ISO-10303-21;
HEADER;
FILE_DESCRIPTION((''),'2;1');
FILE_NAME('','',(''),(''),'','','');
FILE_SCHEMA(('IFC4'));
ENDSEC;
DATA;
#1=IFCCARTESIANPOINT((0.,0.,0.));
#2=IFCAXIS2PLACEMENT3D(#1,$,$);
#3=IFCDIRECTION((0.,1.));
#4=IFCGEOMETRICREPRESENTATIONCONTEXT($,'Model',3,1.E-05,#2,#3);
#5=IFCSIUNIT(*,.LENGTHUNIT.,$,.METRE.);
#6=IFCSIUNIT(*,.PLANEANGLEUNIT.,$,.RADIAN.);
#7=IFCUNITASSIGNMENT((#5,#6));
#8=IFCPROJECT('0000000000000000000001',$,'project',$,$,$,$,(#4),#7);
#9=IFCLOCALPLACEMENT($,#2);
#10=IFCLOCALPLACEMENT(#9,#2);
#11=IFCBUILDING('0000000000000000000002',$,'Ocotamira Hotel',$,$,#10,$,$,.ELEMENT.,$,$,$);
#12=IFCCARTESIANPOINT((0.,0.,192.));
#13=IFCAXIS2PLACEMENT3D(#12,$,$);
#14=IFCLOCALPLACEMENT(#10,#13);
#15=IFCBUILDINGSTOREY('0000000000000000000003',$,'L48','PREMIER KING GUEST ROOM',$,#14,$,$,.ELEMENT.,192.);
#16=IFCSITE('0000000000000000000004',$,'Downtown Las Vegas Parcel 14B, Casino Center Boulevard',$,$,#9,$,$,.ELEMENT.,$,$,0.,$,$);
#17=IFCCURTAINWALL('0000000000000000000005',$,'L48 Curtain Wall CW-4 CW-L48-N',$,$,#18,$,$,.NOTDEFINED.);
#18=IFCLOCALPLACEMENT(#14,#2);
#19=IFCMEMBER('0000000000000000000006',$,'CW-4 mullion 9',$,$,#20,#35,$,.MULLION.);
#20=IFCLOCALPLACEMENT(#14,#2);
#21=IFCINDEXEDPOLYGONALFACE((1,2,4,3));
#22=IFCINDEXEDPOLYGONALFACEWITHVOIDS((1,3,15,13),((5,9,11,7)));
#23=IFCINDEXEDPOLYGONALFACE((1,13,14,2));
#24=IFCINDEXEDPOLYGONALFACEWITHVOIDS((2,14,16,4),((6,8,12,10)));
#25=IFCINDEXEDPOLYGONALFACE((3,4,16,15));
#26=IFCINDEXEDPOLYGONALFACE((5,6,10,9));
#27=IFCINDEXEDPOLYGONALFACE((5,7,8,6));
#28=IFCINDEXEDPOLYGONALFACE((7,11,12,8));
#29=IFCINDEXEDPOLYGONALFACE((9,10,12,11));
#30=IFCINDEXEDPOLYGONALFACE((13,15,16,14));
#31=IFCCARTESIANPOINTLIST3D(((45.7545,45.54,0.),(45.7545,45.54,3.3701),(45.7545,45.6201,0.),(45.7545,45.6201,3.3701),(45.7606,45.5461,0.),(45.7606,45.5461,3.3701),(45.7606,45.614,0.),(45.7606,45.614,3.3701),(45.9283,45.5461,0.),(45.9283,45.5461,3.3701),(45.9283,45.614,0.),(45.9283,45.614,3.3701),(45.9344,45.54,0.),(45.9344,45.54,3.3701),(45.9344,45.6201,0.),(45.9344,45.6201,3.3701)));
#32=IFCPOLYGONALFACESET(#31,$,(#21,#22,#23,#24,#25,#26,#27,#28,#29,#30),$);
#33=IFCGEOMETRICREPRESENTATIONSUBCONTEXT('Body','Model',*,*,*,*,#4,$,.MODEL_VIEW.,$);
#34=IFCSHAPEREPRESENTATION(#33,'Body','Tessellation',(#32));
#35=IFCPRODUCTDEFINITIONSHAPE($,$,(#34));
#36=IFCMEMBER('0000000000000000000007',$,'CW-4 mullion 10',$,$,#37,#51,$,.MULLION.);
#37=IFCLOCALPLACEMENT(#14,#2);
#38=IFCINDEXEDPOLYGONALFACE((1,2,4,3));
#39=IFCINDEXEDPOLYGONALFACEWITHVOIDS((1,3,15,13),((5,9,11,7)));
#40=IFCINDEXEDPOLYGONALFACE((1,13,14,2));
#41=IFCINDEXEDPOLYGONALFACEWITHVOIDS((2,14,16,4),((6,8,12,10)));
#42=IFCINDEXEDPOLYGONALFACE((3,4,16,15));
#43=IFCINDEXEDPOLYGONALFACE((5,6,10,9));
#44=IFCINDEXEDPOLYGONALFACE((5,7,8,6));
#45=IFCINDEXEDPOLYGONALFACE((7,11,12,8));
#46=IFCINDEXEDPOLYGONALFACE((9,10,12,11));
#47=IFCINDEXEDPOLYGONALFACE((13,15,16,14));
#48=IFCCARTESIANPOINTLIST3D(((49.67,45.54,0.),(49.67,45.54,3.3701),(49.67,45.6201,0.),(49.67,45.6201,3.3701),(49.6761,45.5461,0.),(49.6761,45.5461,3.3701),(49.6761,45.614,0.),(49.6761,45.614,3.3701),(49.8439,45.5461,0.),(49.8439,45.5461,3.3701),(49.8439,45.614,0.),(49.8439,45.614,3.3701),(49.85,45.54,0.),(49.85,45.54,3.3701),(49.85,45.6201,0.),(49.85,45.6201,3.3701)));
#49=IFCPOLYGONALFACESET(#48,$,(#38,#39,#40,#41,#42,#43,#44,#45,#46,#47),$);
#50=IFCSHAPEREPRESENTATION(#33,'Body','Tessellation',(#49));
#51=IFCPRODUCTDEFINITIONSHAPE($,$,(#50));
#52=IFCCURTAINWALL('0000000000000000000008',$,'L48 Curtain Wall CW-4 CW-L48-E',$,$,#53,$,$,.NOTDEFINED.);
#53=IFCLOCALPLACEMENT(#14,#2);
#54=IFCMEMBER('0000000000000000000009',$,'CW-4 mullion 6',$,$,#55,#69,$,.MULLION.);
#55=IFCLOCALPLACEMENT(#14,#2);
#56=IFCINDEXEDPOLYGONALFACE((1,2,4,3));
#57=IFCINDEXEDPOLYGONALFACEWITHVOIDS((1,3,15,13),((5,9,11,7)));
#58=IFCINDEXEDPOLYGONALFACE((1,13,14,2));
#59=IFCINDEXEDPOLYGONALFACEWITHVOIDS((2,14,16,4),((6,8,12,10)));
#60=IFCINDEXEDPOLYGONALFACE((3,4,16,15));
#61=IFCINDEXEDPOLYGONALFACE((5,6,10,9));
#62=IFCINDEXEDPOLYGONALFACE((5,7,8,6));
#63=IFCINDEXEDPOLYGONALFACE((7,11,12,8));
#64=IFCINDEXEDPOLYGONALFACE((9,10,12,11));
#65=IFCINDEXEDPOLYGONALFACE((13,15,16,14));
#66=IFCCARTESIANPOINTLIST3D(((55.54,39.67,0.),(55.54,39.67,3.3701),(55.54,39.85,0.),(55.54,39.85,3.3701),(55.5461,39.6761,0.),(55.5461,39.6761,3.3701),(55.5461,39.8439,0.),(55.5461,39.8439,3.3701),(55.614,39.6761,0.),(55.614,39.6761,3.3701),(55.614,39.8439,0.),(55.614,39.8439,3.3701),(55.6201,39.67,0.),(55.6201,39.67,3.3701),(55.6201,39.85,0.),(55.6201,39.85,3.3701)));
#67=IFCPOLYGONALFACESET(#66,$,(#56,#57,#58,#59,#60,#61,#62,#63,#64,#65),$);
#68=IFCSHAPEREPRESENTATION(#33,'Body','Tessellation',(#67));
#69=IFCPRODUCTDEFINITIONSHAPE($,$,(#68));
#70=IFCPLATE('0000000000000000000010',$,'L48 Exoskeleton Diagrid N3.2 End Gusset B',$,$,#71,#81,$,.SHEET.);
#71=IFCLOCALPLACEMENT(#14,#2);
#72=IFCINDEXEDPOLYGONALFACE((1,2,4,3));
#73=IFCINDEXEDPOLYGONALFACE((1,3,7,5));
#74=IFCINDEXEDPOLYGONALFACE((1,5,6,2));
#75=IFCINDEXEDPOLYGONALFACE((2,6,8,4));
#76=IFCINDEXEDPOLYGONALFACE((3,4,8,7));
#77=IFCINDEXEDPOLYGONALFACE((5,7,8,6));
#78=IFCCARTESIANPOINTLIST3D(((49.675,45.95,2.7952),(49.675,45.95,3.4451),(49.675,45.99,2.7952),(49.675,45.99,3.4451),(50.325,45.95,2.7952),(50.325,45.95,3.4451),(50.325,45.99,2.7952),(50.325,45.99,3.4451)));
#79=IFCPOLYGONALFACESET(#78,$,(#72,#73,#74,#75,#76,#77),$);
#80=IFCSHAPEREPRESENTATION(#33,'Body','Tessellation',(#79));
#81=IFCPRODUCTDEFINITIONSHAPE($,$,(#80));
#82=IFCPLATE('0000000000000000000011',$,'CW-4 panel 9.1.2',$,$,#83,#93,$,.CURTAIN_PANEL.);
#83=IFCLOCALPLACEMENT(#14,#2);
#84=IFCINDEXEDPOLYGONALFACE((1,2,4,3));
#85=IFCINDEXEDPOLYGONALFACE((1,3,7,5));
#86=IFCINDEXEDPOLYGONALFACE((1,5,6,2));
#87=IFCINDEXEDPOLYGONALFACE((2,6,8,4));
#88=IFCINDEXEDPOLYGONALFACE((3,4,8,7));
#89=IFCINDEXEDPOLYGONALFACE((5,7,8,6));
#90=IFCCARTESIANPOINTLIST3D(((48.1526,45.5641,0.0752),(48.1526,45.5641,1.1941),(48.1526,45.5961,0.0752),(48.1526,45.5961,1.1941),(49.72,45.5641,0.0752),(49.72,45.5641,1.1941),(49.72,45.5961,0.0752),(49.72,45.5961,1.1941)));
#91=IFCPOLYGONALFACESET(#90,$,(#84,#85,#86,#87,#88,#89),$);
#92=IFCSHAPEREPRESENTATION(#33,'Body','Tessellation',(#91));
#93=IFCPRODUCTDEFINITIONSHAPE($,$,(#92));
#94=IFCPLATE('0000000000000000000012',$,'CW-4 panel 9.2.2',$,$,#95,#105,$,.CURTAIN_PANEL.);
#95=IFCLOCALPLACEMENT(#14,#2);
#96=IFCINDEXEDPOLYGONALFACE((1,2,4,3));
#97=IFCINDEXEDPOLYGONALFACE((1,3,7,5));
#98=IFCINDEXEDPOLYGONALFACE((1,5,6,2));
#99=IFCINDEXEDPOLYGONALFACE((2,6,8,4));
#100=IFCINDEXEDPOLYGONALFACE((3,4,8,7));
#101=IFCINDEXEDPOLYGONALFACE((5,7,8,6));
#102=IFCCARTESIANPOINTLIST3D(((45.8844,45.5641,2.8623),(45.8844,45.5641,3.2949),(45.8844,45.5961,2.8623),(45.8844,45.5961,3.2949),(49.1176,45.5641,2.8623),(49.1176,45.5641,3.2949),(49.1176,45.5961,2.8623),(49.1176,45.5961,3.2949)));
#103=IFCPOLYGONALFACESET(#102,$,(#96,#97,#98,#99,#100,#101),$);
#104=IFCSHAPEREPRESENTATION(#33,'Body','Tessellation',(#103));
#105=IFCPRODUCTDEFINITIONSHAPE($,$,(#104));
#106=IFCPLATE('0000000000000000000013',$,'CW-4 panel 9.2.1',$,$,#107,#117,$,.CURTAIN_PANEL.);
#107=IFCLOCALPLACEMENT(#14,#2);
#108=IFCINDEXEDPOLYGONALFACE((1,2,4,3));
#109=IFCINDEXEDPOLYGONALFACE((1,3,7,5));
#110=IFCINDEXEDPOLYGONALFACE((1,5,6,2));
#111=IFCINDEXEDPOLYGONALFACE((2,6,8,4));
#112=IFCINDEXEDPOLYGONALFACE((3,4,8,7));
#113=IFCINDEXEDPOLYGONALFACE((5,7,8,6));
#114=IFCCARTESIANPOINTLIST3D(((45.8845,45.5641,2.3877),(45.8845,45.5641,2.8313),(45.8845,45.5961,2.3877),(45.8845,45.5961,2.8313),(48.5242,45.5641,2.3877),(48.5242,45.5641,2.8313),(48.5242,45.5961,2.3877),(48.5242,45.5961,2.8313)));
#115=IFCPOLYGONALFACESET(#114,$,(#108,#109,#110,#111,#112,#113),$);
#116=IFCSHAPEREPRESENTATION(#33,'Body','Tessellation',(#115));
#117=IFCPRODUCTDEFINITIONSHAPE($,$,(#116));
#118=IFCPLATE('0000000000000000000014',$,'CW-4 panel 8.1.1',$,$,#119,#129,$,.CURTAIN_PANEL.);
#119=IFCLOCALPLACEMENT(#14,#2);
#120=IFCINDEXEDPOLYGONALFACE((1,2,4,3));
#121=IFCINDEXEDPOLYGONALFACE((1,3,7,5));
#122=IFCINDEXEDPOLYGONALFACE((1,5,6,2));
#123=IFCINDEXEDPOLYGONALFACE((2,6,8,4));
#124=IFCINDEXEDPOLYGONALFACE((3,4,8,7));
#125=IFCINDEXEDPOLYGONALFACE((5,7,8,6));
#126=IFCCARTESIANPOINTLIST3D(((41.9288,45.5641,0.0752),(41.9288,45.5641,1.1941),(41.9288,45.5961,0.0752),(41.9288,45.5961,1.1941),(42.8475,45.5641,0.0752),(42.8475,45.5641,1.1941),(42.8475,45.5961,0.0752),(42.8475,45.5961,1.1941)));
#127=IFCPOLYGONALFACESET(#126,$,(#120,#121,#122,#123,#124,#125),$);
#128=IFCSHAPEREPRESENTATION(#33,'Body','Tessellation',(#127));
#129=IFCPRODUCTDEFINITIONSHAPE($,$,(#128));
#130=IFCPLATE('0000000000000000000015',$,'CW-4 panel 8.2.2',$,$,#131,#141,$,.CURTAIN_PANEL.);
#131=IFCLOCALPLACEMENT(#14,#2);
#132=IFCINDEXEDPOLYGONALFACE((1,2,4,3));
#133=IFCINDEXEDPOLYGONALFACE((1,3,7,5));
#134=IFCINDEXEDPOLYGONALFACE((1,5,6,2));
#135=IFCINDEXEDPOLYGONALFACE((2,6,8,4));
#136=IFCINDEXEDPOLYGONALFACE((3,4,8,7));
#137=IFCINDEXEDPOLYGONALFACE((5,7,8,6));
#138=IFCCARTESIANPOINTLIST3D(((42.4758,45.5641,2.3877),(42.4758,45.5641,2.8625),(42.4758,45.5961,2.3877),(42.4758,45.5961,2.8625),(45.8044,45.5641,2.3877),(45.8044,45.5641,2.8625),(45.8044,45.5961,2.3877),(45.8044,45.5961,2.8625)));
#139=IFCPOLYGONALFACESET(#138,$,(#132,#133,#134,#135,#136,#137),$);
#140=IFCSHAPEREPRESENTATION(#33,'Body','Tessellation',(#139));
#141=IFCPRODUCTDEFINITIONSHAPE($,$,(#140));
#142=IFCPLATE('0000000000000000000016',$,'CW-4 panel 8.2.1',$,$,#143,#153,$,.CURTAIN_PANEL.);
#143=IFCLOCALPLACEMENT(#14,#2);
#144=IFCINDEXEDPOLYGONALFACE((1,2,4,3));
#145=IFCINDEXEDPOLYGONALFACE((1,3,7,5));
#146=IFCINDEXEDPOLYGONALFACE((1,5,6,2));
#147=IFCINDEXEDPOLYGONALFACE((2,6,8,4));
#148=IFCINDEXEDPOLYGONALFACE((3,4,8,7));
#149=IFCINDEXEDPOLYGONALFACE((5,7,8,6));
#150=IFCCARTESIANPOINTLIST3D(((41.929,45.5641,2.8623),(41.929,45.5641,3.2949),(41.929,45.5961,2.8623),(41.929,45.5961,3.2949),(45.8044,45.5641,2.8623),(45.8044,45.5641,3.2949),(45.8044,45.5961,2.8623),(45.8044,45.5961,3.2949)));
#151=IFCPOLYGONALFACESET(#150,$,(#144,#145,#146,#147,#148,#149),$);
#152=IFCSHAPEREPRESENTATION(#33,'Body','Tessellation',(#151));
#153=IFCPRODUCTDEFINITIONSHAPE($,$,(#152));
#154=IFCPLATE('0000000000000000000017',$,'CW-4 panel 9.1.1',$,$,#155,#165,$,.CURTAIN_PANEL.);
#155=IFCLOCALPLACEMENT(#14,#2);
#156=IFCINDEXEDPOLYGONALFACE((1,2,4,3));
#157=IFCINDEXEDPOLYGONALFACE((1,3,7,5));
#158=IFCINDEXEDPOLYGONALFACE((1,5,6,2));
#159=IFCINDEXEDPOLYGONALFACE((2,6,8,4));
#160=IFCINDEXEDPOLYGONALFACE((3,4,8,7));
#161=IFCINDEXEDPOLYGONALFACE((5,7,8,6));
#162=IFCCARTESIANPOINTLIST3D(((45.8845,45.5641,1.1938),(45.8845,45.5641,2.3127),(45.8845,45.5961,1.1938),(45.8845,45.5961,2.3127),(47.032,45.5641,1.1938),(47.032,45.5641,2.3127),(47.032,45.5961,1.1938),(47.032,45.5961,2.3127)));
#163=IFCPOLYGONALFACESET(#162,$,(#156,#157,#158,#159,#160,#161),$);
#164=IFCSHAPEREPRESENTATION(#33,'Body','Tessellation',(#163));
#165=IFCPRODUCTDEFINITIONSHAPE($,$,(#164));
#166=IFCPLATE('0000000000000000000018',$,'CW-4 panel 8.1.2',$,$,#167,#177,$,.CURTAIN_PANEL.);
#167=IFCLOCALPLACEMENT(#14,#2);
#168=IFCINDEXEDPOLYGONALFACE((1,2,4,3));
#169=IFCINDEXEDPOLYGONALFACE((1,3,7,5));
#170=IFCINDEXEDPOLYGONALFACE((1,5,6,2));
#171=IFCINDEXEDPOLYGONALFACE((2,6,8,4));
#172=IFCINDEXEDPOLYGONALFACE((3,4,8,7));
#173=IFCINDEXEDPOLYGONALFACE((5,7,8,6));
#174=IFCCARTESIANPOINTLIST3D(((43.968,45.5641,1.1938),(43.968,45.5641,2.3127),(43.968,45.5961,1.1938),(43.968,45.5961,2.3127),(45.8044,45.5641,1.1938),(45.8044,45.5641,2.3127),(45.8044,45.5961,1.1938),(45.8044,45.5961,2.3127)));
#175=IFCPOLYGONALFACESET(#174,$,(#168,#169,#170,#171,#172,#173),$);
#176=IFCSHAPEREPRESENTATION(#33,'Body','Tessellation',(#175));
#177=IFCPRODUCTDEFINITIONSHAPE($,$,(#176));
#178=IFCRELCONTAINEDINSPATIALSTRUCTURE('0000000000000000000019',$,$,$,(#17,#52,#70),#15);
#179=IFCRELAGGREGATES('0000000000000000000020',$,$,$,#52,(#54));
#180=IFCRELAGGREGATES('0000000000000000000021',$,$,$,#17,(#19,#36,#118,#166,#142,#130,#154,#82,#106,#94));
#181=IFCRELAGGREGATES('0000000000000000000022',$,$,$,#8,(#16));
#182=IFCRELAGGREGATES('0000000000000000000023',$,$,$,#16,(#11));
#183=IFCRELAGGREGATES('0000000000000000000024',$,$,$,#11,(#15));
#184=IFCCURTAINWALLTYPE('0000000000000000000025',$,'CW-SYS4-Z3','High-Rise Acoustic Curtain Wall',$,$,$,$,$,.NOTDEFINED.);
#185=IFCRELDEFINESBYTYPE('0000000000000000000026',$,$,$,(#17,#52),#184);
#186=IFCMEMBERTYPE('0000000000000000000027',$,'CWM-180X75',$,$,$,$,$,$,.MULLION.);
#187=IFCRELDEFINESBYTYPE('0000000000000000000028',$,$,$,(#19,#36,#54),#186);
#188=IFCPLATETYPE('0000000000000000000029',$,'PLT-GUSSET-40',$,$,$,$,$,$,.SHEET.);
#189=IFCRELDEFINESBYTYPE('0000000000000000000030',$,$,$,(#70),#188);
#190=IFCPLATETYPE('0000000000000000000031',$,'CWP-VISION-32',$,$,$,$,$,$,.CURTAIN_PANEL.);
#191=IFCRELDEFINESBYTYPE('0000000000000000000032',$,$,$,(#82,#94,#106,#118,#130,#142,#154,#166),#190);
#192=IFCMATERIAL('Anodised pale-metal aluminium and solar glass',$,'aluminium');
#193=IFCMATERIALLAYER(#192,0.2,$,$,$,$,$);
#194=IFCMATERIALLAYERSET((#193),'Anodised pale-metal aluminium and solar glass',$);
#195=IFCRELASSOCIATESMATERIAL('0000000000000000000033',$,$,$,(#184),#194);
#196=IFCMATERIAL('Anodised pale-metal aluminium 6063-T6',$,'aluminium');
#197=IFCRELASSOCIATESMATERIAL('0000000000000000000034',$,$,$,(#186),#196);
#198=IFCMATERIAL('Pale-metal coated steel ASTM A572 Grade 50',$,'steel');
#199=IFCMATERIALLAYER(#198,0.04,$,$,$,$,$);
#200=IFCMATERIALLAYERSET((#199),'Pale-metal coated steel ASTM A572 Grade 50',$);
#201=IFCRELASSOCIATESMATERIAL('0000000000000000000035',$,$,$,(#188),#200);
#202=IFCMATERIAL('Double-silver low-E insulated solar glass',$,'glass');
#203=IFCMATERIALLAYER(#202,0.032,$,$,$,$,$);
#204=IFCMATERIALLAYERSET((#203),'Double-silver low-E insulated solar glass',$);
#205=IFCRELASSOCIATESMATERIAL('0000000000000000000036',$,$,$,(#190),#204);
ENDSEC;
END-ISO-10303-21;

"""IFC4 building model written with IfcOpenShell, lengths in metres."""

from ifc_helpers import new_model, si_unit, direction, frame, origin, origin_2d, place, context, subcontext, project, spatial, rectangle, hollow_rectangle, extrude, source, transform, mapped, material, layer, layer_set, material_profile, profile_set, type_object, element, aggregate, save


model = new_model("IFC4")

# Units and contexts
model_context = context("Model", 3, precision=1e-05, world=origin(), true_north=direction((0.0, 1.0)))
body_context = subcontext(model_context, "Body", "Model", "MODEL_VIEW")
ifc_project = project(units=[si_unit("LENGTHUNIT", "METRE"), si_unit("PLANEANGLEUNIT", "RADIAN")], contexts=[model_context])

# Site, building, storey
site_placement = place(None, origin())
site = spatial("IfcSite", under=ifc_project, at=site_placement, Name="Downtown Las Vegas Parcel 14B, Casino Center Boulevard", CompositionType="ELEMENT", RefElevation=0.0)
building_placement = place(site_placement, origin())
building = spatial("IfcBuilding", under=site, at=building_placement, Name="Ocotamira Hotel", CompositionType="ELEMENT")
storey_placement = place(building_placement, frame((0.0, 0.0, 192.0)))
storey = spatial("IfcBuildingStorey", under=building, at=storey_placement, Name="L48", Description="PREMIER KING GUEST ROOM", CompositionType="ELEMENT", Elevation=192.0)

# Curtain wall, members
ifc_material_1 = material(Name="Anodised pale-metal aluminium and solar glass", Category="aluminium")
ifc_layer_1 = layer(ifc_material_1, 0.2)
ifc_layer_set_1 = layer_set([ifc_layer_1], Name="Anodised pale-metal aluminium and solar glass")
curtain_wall_type = type_object("IfcCurtainWallType", Name="CW-SYS4-Z3", Description="High-Rise Acoustic Curtain Wall", PredefinedType="NOTDEFINED", material=ifc_layer_set_1)
curtain_wall_1_placement = place(storey_placement, origin())
curtain_wall_1 = element("IfcCurtainWall", 1, at=curtain_wall_1_placement, inside=storey, type_object=curtain_wall_type, Name="L48 Curtain Wall CW-4 CW-L48-N", PredefinedType="NOTDEFINED")
ifc_material_2 = material(Name="Anodised pale-metal aluminium 6063-T6", Category="aluminium")
ifc_material_profile_1 = material_profile(ifc_material_2, hollow_rectangle(XDim=0.0801, YDim=0.1799, WallThickness=0.0061, at=origin_2d()), Name="HSS180X80X6")
ifc_profile_set_1 = profile_set([ifc_material_profile_1], Name="Anodised pale-metal aluminium 6063-T6")
member_type_1 = type_object("IfcMemberType", Name="CWM-180X75", PredefinedType="MULLION", material=ifc_profile_set_1)
shared_shape_1 = source(origin(), body_context, "Body", "SweptSolid", [
    extrude(hollow_rectangle(XDim=0.0801, YDim=0.1799, WallThickness=0.0061, at=origin_2d()), origin(), (0.0, 0.0, 1.0), 3.3701),
])
member_1_placement = place(storey_placement, frame((45.8445, 45.5801, 0.0), z_axis=(0.0, 0.0, 1.0), x_axis=(0.0, 1.0, 0.0)))
member_1 = element("IfcMember", 2, at=member_1_placement, type_object=member_type_1, Name="CW-4 mullion 9", PredefinedType="MULLION", context=body_context, shape_type="MappedRepresentation", body=[
    mapped(shared_shape_1, transform((0.0, 0.0, 0.0), scale=1.0)),
])
member_2_placement = place(storey_placement, frame((49.76, 45.5801, 0.0), z_axis=(0.0, 0.0, 1.0), x_axis=(0.0, 1.0, 0.0)))
member_2 = element("IfcMember", 3, at=member_2_placement, type_object=member_type_1, Name="CW-4 mullion 10", PredefinedType="MULLION", context=body_context, shape_type="MappedRepresentation", body=[
    mapped(shared_shape_1, transform((0.0, 0.0, 0.0), scale=1.0)),
])

# Curtain wall, member
curtain_wall_2_placement = place(storey_placement, origin())
curtain_wall_2 = element("IfcCurtainWall", 4, at=curtain_wall_2_placement, inside=storey, type_object=curtain_wall_type, Name="L48 Curtain Wall CW-4 CW-L48-E", PredefinedType="NOTDEFINED")
member_3_placement = place(storey_placement, frame((55.5801, 39.76, 0.0), z_axis=(0.0, 0.0, 1.0), x_axis=(-1.0, 0.0, 0.0)))
member_3 = element("IfcMember", 5, at=member_3_placement, type_object=member_type_1, Name="CW-4 mullion 6", PredefinedType="MULLION", context=body_context, shape_type="MappedRepresentation", body=[
    mapped(shared_shape_1, transform((0.0, 0.0, 0.0), scale=1.0)),
])
aggregate(curtain_wall_2, [member_3])

# Plates
ifc_material_3 = material(Name="Pale-metal coated steel ASTM A572 Grade 50", Category="steel")
ifc_layer_2 = layer(ifc_material_3, 0.04)
ifc_layer_set_2 = layer_set([ifc_layer_2], Name="Pale-metal coated steel ASTM A572 Grade 50")
plate_type_1 = type_object("IfcPlateType", Name="PLT-GUSSET-40", PredefinedType="SHEET", material=ifc_layer_set_2)
shared_shape_2 = source(origin(), body_context, "Body", "SweptSolid", [
    extrude(rectangle(XDim=0.6499, YDim=0.04, at=origin_2d()), origin(), (0.0, 0.0, 1.0), 0.6499),
])
plate_1_placement = place(storey_placement, frame((50.0, 45.97, 2.7952), z_axis=(0.0, 0.0, 1.0), x_axis=(1.0, 0.0, 0.0)))
element("IfcPlate", 6, at=plate_1_placement, inside=storey, type_object=plate_type_1, Name="L48 Exoskeleton Diagrid N3.2 End Gusset B", PredefinedType="SHEET", context=body_context, shape_type="MappedRepresentation", body=[
    mapped(shared_shape_2, transform((0.0, 0.0, 0.0), scale=1.0)),
])
ifc_material_4 = material(Name="Double-silver low-E insulated solar glass", Category="glass")
ifc_layer_3 = layer(ifc_material_4, 0.032)
ifc_layer_set_3 = layer_set([ifc_layer_3], Name="Double-silver low-E insulated solar glass")
plate_type_2 = type_object("IfcPlateType", Name="CWP-VISION-32", PredefinedType="CURTAIN_PANEL", material=ifc_layer_set_3)
shared_shape_3 = source(origin(), body_context, "Body", "SweptSolid", [
    extrude(rectangle(XDim=1.5674, YDim=0.032, at=origin_2d()), origin(), (0.0, 0.0, 1.0), 1.1189),
])
plate_2_placement = place(storey_placement, frame((48.9363, 45.5801, 0.0752), z_axis=(0.0, 0.0, 1.0), x_axis=(1.0, 0.0, 0.0)))
plate_2 = element("IfcPlate", 7, at=plate_2_placement, type_object=plate_type_2, Name="CW-4 panel 9.1.2", PredefinedType="CURTAIN_PANEL", context=body_context, shape_type="MappedRepresentation", body=[
    mapped(shared_shape_3, transform((0.0, 0.0, 0.0), scale=1.0)),
])
shared_shape_4 = source(origin(), body_context, "Body", "SweptSolid", [
    extrude(rectangle(XDim=3.2332, YDim=0.032, at=origin_2d()), origin(), (0.0, 0.0, 1.0), 0.4326),
])
plate_3_placement = place(storey_placement, frame((47.501, 45.5801, 2.8623), z_axis=(0.0, 0.0, 1.0), x_axis=(1.0, 0.0, 0.0)))
plate_3 = element("IfcPlate", 8, at=plate_3_placement, type_object=plate_type_2, Name="CW-4 panel 9.2.2", PredefinedType="CURTAIN_PANEL", context=body_context, shape_type="MappedRepresentation", body=[
    mapped(shared_shape_4, transform((0.0, 0.0, 0.0), scale=1.0)),
])
shared_shape_5 = source(origin(), body_context, "Body", "SweptSolid", [
    extrude(rectangle(XDim=2.6396, YDim=0.032, at=origin_2d()), origin(), (0.0, 0.0, 1.0), 0.4436),
])
plate_4_placement = place(storey_placement, frame((47.2043, 45.5801, 2.3877), z_axis=(0.0, 0.0, 1.0), x_axis=(1.0, 0.0, 0.0)))
plate_4 = element("IfcPlate", 9, at=plate_4_placement, type_object=plate_type_2, Name="CW-4 panel 9.2.1", PredefinedType="CURTAIN_PANEL", context=body_context, shape_type="MappedRepresentation", body=[
    mapped(shared_shape_5, transform((0.0, 0.0, 0.0), scale=1.0)),
])
shared_shape_6 = source(origin(), body_context, "Body", "SweptSolid", [
    extrude(rectangle(XDim=0.9187, YDim=0.032, at=origin_2d()), origin(), (0.0, 0.0, 1.0), 1.1189),
])
plate_5_placement = place(storey_placement, frame((42.3882, 45.5801, 0.0752), z_axis=(0.0, 0.0, 1.0), x_axis=(1.0, 0.0, 0.0)))
plate_5 = element("IfcPlate", 10, at=plate_5_placement, type_object=plate_type_2, Name="CW-4 panel 8.1.1", PredefinedType="CURTAIN_PANEL", context=body_context, shape_type="MappedRepresentation", body=[
    mapped(shared_shape_6, transform((0.0, 0.0, 0.0), scale=1.0)),
])
shared_shape_7 = source(origin(), body_context, "Body", "SweptSolid", [
    extrude(rectangle(XDim=3.3286, YDim=0.032, at=origin_2d()), origin(), (0.0, 0.0, 1.0), 0.4749),
])
plate_6_placement = place(storey_placement, frame((44.1401, 45.5801, 2.3877), z_axis=(0.0, 0.0, 1.0), x_axis=(1.0, 0.0, 0.0)))
plate_6 = element("IfcPlate", 11, at=plate_6_placement, type_object=plate_type_2, Name="CW-4 panel 8.2.2", PredefinedType="CURTAIN_PANEL", context=body_context, shape_type="MappedRepresentation", body=[
    mapped(shared_shape_7, transform((0.0, 0.0, 0.0), scale=1.0)),
])
shared_shape_8 = source(origin(), body_context, "Body", "SweptSolid", [
    extrude(rectangle(XDim=3.8755, YDim=0.032, at=origin_2d()), origin(), (0.0, 0.0, 1.0), 0.4326),
])
plate_7_placement = place(storey_placement, frame((43.8667, 45.5801, 2.8623), z_axis=(0.0, 0.0, 1.0), x_axis=(1.0, 0.0, 0.0)))
plate_7 = element("IfcPlate", 12, at=plate_7_placement, type_object=plate_type_2, Name="CW-4 panel 8.2.1", PredefinedType="CURTAIN_PANEL", context=body_context, shape_type="MappedRepresentation", body=[
    mapped(shared_shape_8, transform((0.0, 0.0, 0.0), scale=1.0)),
])
shared_shape_9 = source(origin(), body_context, "Body", "SweptSolid", [
    extrude(rectangle(XDim=1.1475, YDim=0.032, at=origin_2d()), origin(), (0.0, 0.0, 1.0), 1.1189),
])
plate_8_placement = place(storey_placement, frame((46.4583, 45.5801, 1.1938), z_axis=(0.0, 0.0, 1.0), x_axis=(1.0, 0.0, 0.0)))
plate_8 = element("IfcPlate", 13, at=plate_8_placement, type_object=plate_type_2, Name="CW-4 panel 9.1.1", PredefinedType="CURTAIN_PANEL", context=body_context, shape_type="MappedRepresentation", body=[
    mapped(shared_shape_9, transform((0.0, 0.0, 0.0), scale=1.0)),
])
shared_shape_10 = source(origin(), body_context, "Body", "SweptSolid", [
    extrude(rectangle(XDim=1.8364, YDim=0.032, at=origin_2d()), origin(), (0.0, 0.0, 1.0), 1.1189),
])
plate_9_placement = place(storey_placement, frame((44.8862, 45.5801, 1.1938), z_axis=(0.0, 0.0, 1.0), x_axis=(1.0, 0.0, 0.0)))
plate_9 = element("IfcPlate", 14, at=plate_9_placement, type_object=plate_type_2, Name="CW-4 panel 8.1.2", PredefinedType="CURTAIN_PANEL", context=body_context, shape_type="MappedRepresentation", body=[
    mapped(shared_shape_10, transform((0.0, 0.0, 0.0), scale=1.0)),
])
aggregate(curtain_wall_1, [member_1, member_2, plate_5, plate_9, plate_7, plate_6, plate_8, plate_2, plate_4, plate_3])

save(model, "model.ifc")
